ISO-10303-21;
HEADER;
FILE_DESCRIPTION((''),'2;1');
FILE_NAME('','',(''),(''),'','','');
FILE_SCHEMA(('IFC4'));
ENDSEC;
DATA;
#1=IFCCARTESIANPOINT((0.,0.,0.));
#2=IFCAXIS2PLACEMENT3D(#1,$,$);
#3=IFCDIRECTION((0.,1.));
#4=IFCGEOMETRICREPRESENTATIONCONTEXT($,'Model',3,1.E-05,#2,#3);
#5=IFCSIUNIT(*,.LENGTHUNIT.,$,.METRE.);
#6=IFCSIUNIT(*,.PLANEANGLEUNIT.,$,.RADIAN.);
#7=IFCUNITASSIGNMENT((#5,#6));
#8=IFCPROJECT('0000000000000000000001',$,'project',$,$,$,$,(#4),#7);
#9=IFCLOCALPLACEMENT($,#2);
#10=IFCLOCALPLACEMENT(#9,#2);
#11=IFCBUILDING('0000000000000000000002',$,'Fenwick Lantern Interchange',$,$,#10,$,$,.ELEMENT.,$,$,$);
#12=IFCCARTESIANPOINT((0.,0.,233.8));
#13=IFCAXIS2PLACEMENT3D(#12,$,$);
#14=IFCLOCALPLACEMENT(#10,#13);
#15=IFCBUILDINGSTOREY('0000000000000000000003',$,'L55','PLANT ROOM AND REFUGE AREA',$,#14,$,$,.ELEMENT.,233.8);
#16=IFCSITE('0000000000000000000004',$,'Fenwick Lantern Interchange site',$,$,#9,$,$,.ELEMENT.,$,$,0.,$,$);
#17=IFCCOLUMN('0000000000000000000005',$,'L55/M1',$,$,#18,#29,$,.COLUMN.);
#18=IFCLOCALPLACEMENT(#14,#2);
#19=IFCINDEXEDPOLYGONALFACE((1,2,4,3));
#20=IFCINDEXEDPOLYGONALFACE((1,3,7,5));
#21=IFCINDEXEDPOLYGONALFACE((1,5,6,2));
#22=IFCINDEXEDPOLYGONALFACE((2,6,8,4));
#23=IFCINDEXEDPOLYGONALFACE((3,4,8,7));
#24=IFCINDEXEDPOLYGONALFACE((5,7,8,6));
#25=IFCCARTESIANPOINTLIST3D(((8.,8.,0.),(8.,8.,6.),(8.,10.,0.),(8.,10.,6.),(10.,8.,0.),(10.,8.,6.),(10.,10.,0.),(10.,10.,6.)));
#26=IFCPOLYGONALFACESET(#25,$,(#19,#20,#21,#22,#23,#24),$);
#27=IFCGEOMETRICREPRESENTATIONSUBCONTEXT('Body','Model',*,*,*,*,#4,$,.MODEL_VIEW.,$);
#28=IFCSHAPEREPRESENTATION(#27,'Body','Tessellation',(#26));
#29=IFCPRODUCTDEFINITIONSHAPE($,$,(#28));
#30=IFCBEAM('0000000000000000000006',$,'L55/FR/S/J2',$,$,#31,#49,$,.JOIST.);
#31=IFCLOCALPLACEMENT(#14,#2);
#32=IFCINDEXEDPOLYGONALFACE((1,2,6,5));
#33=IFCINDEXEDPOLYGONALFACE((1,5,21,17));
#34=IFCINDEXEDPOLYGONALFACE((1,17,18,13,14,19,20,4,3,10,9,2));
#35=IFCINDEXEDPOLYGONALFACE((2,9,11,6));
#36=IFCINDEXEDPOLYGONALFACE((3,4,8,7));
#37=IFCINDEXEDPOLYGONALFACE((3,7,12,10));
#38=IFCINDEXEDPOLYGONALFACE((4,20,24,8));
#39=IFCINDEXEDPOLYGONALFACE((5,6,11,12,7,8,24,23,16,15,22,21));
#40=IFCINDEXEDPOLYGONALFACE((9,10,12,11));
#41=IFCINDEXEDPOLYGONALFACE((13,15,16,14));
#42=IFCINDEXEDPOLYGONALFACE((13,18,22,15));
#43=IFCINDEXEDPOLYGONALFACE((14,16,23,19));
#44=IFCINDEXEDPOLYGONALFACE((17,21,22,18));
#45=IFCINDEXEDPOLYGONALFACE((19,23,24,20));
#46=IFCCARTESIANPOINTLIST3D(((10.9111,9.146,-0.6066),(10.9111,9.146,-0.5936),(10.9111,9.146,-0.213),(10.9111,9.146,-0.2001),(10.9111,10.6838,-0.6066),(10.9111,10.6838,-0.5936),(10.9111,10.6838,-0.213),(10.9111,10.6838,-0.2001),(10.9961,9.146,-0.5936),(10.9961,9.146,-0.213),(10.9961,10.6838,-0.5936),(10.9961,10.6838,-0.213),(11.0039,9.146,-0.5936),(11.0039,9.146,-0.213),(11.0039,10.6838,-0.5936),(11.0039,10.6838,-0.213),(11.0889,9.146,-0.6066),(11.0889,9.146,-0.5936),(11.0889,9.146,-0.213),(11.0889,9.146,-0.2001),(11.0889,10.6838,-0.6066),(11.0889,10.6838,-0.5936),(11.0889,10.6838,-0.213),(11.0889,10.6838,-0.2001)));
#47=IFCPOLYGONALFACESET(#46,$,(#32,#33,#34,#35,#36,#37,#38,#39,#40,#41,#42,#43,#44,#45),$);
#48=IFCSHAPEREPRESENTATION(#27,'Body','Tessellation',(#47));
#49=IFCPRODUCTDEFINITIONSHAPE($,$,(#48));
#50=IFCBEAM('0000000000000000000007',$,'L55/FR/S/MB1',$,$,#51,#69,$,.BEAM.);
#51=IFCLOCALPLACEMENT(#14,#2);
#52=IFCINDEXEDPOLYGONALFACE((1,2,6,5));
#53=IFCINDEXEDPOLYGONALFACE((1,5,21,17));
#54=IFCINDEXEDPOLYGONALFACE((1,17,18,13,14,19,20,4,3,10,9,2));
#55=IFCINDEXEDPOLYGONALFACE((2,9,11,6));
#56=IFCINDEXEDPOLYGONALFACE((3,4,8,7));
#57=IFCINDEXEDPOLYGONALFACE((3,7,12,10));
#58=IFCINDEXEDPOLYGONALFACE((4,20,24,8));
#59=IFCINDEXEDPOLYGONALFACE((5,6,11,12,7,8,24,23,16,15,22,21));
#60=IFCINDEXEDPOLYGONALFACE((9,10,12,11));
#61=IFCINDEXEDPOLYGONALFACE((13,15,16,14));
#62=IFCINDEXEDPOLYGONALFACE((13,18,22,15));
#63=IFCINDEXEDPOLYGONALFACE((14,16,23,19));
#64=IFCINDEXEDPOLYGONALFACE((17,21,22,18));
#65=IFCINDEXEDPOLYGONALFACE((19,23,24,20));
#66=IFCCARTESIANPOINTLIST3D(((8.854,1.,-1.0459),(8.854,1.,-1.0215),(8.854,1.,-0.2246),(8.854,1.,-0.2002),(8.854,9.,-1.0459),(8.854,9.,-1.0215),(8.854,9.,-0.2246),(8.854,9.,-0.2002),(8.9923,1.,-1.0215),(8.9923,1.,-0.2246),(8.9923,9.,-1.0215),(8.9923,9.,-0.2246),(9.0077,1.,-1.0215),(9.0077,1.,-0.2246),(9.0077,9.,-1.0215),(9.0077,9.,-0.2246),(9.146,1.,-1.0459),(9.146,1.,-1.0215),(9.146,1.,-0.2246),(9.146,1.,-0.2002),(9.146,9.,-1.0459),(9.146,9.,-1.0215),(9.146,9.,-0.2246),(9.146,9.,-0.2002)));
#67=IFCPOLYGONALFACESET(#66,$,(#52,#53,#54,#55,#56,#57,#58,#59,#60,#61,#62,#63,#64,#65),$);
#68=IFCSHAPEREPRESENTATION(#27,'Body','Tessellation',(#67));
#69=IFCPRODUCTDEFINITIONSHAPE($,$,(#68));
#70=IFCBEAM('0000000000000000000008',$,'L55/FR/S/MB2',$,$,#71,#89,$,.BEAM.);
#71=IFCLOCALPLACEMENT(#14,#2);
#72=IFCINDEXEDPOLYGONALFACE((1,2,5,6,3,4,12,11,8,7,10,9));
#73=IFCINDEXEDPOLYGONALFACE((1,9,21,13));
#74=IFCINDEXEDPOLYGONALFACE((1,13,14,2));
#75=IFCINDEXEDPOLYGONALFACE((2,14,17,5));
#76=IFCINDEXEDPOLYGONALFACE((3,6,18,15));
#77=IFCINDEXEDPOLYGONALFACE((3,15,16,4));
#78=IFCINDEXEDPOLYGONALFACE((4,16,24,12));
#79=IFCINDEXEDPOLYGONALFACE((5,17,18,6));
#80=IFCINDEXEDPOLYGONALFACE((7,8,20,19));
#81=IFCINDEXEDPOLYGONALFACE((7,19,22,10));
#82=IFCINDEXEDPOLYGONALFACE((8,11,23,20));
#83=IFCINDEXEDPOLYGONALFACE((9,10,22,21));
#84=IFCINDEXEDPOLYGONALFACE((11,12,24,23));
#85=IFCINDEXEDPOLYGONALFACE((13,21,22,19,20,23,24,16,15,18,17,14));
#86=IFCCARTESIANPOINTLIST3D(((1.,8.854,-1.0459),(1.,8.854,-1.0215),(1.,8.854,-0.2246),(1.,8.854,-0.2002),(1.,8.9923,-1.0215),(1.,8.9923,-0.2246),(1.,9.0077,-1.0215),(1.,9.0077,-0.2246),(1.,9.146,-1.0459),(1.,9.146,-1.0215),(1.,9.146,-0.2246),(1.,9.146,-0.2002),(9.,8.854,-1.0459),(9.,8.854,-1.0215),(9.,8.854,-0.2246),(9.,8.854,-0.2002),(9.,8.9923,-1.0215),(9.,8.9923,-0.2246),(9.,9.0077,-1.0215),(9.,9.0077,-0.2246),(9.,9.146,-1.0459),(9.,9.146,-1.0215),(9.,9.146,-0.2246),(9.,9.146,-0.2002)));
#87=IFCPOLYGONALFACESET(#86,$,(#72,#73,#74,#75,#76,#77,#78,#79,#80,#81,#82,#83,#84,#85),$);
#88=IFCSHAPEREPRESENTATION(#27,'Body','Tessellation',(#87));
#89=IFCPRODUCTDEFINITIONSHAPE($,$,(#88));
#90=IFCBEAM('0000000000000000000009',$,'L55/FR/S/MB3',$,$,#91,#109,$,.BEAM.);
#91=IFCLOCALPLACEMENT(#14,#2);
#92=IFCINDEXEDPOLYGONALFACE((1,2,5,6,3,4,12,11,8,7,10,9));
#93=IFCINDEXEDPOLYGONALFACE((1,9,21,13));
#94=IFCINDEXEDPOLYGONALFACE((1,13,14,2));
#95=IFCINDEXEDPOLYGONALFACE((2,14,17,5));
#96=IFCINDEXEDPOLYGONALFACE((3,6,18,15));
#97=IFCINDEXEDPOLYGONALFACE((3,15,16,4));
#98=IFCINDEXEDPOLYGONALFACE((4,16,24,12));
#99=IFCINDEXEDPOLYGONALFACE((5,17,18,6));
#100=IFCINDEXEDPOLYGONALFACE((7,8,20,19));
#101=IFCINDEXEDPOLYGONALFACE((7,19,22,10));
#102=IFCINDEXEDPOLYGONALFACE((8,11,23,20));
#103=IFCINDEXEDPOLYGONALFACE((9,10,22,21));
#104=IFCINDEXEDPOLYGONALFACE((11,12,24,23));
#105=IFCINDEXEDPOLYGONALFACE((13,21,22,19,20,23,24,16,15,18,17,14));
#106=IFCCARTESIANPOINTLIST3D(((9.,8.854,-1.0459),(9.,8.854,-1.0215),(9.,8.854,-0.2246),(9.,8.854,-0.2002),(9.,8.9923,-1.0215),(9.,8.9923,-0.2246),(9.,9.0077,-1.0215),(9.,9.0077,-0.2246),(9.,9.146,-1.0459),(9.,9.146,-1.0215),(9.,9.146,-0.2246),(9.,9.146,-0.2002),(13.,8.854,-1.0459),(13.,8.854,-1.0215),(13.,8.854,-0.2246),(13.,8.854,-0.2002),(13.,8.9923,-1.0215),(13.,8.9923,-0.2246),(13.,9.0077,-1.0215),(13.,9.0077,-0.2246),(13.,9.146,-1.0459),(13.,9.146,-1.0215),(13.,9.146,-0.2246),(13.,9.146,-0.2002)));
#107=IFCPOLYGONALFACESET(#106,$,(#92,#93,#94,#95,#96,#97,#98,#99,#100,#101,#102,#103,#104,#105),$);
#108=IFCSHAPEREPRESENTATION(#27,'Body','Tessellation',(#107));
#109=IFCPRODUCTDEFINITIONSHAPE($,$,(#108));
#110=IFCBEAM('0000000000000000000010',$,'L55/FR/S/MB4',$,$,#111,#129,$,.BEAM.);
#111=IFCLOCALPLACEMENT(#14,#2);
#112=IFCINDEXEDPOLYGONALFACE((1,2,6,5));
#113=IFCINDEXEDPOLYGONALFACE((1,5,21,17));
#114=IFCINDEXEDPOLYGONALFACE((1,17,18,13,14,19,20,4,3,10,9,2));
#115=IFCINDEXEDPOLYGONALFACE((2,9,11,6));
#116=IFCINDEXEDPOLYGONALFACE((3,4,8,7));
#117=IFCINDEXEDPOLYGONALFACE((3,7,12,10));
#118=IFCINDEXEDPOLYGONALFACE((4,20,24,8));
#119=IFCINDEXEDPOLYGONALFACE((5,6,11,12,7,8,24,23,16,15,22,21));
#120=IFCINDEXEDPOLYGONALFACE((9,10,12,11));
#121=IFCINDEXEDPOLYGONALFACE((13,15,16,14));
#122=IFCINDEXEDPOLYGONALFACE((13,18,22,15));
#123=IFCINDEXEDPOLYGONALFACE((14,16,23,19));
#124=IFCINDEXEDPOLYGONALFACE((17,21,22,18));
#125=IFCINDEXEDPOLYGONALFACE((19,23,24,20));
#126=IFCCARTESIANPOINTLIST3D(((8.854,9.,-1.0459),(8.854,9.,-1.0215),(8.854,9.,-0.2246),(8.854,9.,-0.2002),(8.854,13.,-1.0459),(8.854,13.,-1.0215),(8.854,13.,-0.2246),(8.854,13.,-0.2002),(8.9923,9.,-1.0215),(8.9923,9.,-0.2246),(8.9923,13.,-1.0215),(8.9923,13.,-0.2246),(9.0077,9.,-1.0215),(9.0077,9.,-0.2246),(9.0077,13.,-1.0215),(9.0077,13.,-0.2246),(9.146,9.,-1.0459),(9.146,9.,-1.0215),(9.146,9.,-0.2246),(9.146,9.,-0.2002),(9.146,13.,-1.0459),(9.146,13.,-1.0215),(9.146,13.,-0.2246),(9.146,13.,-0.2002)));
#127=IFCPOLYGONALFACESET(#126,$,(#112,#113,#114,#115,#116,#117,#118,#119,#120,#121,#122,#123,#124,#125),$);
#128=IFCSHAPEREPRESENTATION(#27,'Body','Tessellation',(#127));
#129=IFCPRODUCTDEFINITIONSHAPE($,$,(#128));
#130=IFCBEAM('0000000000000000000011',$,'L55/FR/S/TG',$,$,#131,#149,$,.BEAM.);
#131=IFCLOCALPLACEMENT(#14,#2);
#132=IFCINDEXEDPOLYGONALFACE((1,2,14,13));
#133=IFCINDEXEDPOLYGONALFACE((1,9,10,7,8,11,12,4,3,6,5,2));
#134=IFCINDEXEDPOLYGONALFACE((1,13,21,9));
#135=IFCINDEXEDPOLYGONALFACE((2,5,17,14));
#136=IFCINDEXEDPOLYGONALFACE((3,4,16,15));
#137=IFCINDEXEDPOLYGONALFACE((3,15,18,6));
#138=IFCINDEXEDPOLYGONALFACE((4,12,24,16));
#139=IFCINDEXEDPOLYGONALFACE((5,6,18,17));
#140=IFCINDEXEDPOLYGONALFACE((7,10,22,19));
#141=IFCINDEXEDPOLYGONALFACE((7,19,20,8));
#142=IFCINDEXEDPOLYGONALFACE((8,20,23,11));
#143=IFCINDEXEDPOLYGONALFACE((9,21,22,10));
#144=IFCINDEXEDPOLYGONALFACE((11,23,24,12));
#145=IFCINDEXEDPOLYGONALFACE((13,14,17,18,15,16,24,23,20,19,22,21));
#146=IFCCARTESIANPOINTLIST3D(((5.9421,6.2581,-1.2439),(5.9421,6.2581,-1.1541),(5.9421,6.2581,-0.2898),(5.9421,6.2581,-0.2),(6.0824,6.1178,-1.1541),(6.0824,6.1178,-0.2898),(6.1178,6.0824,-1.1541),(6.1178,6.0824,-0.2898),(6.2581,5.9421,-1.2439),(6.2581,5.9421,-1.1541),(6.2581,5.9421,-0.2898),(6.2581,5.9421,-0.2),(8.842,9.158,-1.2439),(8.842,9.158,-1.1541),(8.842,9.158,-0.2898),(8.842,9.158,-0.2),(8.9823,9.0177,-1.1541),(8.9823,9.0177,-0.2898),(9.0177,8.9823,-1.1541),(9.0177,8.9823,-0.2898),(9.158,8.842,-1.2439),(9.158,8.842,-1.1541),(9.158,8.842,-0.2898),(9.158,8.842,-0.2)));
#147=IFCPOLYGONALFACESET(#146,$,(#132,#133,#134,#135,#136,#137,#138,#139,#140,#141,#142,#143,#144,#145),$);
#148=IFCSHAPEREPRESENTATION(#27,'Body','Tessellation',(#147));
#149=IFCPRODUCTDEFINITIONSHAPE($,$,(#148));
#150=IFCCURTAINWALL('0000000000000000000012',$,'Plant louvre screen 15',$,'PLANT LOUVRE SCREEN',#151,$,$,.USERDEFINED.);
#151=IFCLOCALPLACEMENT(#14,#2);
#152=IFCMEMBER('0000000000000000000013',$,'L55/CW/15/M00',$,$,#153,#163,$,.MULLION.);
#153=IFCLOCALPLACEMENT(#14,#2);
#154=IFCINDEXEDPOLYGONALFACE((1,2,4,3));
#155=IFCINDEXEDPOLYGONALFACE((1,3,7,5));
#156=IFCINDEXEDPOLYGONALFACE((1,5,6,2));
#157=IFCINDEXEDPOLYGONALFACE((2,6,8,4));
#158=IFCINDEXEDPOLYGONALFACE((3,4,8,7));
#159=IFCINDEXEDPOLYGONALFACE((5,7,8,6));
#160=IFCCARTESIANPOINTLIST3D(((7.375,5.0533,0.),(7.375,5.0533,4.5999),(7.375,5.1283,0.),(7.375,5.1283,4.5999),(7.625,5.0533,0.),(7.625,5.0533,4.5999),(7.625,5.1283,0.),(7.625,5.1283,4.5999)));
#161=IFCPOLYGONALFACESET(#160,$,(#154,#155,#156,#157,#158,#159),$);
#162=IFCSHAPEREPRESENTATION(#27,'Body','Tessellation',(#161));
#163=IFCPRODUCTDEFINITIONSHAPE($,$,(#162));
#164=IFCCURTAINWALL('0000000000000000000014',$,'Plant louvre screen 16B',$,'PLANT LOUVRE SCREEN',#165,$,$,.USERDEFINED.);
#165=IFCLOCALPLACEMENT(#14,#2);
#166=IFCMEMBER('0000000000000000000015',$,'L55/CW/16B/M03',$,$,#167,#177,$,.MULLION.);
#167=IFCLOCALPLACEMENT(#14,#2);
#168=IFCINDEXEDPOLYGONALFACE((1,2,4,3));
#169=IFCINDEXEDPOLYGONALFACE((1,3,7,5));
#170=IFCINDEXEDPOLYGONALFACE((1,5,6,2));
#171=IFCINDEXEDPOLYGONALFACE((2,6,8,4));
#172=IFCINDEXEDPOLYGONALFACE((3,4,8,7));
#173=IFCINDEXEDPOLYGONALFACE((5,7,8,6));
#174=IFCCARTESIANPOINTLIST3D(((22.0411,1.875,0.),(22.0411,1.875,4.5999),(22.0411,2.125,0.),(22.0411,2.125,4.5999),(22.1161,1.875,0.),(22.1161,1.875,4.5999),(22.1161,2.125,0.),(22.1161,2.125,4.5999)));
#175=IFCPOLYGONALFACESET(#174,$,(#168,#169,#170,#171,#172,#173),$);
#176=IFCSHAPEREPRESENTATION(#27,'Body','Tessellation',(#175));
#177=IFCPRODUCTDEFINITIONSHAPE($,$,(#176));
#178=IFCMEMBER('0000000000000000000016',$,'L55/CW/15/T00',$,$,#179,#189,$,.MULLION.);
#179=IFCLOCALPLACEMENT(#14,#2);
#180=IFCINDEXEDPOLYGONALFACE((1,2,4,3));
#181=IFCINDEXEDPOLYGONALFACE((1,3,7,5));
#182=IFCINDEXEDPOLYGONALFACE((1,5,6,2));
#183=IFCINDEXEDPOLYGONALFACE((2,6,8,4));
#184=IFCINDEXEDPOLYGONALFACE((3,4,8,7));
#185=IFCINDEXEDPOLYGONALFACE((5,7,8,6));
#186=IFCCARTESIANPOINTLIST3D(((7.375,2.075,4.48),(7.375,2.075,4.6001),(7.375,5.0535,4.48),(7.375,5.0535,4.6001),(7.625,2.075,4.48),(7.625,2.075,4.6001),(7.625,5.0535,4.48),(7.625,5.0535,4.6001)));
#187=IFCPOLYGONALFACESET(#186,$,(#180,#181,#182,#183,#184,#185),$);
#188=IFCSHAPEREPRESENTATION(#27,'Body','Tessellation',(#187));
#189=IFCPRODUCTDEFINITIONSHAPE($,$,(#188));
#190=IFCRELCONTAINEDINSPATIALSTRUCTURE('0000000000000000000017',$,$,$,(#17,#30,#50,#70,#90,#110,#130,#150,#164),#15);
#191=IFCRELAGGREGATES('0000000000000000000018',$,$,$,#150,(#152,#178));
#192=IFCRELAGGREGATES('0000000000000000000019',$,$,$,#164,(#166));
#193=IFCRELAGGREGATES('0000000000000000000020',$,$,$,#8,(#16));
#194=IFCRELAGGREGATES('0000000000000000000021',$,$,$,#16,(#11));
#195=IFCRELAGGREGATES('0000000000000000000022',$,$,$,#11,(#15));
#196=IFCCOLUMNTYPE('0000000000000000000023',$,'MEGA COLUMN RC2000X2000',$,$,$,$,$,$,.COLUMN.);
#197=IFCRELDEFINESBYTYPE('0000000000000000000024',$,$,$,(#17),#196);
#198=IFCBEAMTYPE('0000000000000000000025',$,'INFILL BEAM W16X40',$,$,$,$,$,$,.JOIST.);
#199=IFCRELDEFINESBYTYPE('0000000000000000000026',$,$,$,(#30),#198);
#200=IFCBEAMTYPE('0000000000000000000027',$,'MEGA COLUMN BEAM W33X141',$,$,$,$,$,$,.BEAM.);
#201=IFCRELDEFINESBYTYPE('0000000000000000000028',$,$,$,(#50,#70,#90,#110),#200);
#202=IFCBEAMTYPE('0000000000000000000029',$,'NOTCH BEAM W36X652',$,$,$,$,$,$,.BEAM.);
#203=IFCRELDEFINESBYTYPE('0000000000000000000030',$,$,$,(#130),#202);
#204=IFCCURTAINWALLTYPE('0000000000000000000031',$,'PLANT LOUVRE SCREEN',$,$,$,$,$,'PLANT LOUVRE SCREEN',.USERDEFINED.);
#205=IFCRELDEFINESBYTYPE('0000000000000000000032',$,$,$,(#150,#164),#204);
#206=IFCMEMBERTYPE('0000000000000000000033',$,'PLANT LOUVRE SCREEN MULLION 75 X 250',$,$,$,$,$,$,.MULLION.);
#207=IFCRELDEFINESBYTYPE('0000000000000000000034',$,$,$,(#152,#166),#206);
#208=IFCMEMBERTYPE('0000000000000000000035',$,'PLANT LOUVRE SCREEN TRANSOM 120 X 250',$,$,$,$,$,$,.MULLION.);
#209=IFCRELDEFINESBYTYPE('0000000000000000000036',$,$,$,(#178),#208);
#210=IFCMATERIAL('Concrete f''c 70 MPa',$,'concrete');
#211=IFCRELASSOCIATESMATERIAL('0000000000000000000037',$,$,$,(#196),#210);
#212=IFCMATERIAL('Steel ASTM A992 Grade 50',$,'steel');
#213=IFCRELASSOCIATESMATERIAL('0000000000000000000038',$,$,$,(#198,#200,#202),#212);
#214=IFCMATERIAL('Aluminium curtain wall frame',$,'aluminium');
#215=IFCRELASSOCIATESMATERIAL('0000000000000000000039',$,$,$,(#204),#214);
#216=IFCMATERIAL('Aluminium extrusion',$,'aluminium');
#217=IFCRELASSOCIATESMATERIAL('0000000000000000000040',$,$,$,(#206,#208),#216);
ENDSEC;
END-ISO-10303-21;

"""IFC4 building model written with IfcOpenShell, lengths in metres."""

from ifc_helpers import new_model, si_unit, direction, frame, origin, origin_2d, place, context, subcontext, project, spatial, rectangle, i_section, extrude, material, material_profile, profile_set, type_object, element, aggregate, save


model = new_model("IFC4")

# Units and contexts
model_context = context("Model", 3, precision=1e-05, world=origin(), true_north=direction((0.0, 1.0)))
body_context = subcontext(model_context, "Body", "Model", "MODEL_VIEW")
ifc_project = project(units=[si_unit("LENGTHUNIT", "METRE"), si_unit("PLANEANGLEUNIT", "RADIAN")], contexts=[model_context])

# Site, building, storey
site_placement = place(None, origin())
site = spatial("IfcSite", under=ifc_project, at=site_placement, Name="Fenwick Lantern Interchange site", CompositionType="ELEMENT", RefElevation=0.0)
building_placement = place(site_placement, origin())
building = spatial("IfcBuilding", under=site, at=building_placement, Name="Fenwick Lantern Interchange", CompositionType="ELEMENT")
storey_placement = place(building_placement, frame((0.0, 0.0, 233.8)))
storey = spatial("IfcBuildingStorey", under=building, at=storey_placement, Name="L55", Description="PLANT ROOM AND REFUGE AREA", CompositionType="ELEMENT", Elevation=233.8)

# Column
ifc_material_1 = material(Name="Concrete f'c 70 MPa", Category="concrete")
ifc_material_profile_1 = material_profile(ifc_material_1, rectangle(XDim=2.0, YDim=2.0, at=origin_2d()), Name="RC2000X2000")
ifc_profile_set_1 = profile_set([ifc_material_profile_1], Name="Concrete f'c 70 MPa")
column_type = type_object("IfcColumnType", Name="MEGA COLUMN RC2000X2000", PredefinedType="COLUMN", material=ifc_profile_set_1)
column_placement = place(storey_placement, frame((9.0, 9.0, 0.0), z_axis=(0.0, 0.0, 1.0), x_axis=(1.0, 0.0, 0.0)))
element("IfcColumn", 1, at=column_placement, inside=storey, type_object=column_type, Name="L55/M1", PredefinedType="COLUMN", context=body_context, shape_type="SweptSolid", body=[
    extrude(rectangle(XDim=2.0, YDim=2.0, at=origin_2d()), origin(), (0.0, 0.0, 1.0), 6.0),
])

# Beams
ifc_material_2 = material(Name="Steel ASTM A992 Grade 50", Category="steel")
ifc_material_profile_2 = material_profile(ifc_material_2, i_section(OverallWidth=0.1777, OverallDepth=0.4065, WebThickness=0.0078, FlangeThickness=0.0129, at=origin_2d()), Name="W16X40")
ifc_profile_set_2 = profile_set([ifc_material_profile_2], Name="Steel ASTM A992 Grade 50")
beam_type_1 = type_object("IfcBeamType", Name="INFILL BEAM W16X40", PredefinedType="JOIST", material=ifc_profile_set_2)
beam_1_placement = place(storey_placement, frame((11.0, 9.146, -0.4033), z_axis=(0.0, 1.0, 0.0), x_axis=(-1.0, 0.0, 0.0)))
element("IfcBeam", 2, at=beam_1_placement, inside=storey, type_object=beam_type_1, Name="L55/FR/S/J2", PredefinedType="JOIST", context=body_context, shape_type="SweptSolid", body=[
    extrude(i_section(OverallWidth=0.1777, OverallDepth=0.4065, WebThickness=0.0078, FlangeThickness=0.0129, at=origin_2d()), origin(), (0.0, 0.0, 1.0), 1.5378),
])
ifc_material_profile_3 = material_profile(ifc_material_2, i_section(OverallWidth=0.292, OverallDepth=0.8457, WebThickness=0.0154, FlangeThickness=0.0244, at=origin_2d()), Name="W33X141")
ifc_profile_set_3 = profile_set([ifc_material_profile_3], Name="Steel ASTM A992 Grade 50")
beam_type_2 = type_object("IfcBeamType", Name="MEGA COLUMN BEAM W33X141", PredefinedType="BEAM", material=ifc_profile_set_3)
for number, where, z_axis, x_axis, name in (
    (3, (9.0, 9.0, -0.623), (0.0, -1.0, 0.0), (1.0, 0.0, 0.0), "L55/FR/S/MB1"),
    (4, (9.0, 9.0, -0.623), (-1.0, 0.0, 0.0), (0.0, -1.0, 0.0), "L55/FR/S/MB2"),
):
    element("IfcBeam", number, at=place(storey_placement, frame(where, z_axis=z_axis, x_axis=x_axis)), inside=storey, type_object=beam_type_2, Name=name, PredefinedType="BEAM", context=body_context, shape_type="SweptSolid", body=[
        extrude(i_section(OverallWidth=0.292, OverallDepth=0.8457, WebThickness=0.0154, FlangeThickness=0.0244, at=origin_2d()), origin(), (0.0, 0.0, 1.0), 8.0),
    ])
for number, where, z_axis, x_axis, name in (
    (5, (9.0, 9.0, -0.623), (1.0, 0.0, 0.0), (0.0, 1.0, 0.0), "L55/FR/S/MB3"),
    (6, (9.0, 9.0, -0.623), (0.0, 1.0, 0.0), (-1.0, 0.0, 0.0), "L55/FR/S/MB4"),
):
    element("IfcBeam", number, at=place(storey_placement, frame(where, z_axis=z_axis, x_axis=x_axis)), inside=storey, type_object=beam_type_2, Name=name, PredefinedType="BEAM", context=body_context, shape_type="SweptSolid", body=[
        extrude(i_section(OverallWidth=0.292, OverallDepth=0.8457, WebThickness=0.0154, FlangeThickness=0.0244, at=origin_2d()), origin(), (0.0, 0.0, 1.0), 4.0),
    ])
ifc_material_profile_4 = material_profile(ifc_material_2, i_section(OverallWidth=0.447, OverallDepth=1.0439, WebThickness=0.05, FlangeThickness=0.0898, at=origin_2d()), Name="W36X652")
ifc_profile_set_4 = profile_set([ifc_material_profile_4], Name="Steel ASTM A992 Grade 50")
beam_type_3 = type_object("IfcBeamType", Name="NOTCH BEAM W36X652", PredefinedType="BEAM", material=ifc_profile_set_4)
beam_2_placement = place(storey_placement, frame((9.0, 9.0, -0.7219), z_axis=(-0.707107, -0.707107, 0.0), x_axis=(0.707107, -0.707107, 0.0)))
element("IfcBeam", 7, at=beam_2_placement, inside=storey, type_object=beam_type_3, Name="L55/FR/S/TG", PredefinedType="BEAM", context=body_context, shape_type="SweptSolid", body=[
    extrude(i_section(OverallWidth=0.447, OverallDepth=1.0439, WebThickness=0.05, FlangeThickness=0.0898, at=origin_2d()), origin(), (0.0, 0.0, 1.0), 4.1011),
])

# Curtain walls, members
ifc_material_3 = material(Name="Aluminium curtain wall frame", Category="aluminium")
curtain_wall_type = type_object("IfcCurtainWallType", Name="PLANT LOUVRE SCREEN", ElementType="PLANT LOUVRE SCREEN", PredefinedType="USERDEFINED", material=ifc_material_3)
curtain_wall_1_placement = place(storey_placement, origin())
curtain_wall_1 = element("IfcCurtainWall", 8, at=curtain_wall_1_placement, inside=storey, type_object=curtain_wall_type, Name="Plant louvre screen 15", ObjectType="PLANT LOUVRE SCREEN", PredefinedType="USERDEFINED")
ifc_material_4 = material(Name="Aluminium extrusion", Category="aluminium")
ifc_material_profile_5 = material_profile(ifc_material_4, rectangle(XDim=0.25, YDim=0.075, at=origin_2d()), Name="PLANT LOUVRE SCREEN MULLION 75 X 250")
ifc_profile_set_5 = profile_set([ifc_material_profile_5], Name="Aluminium extrusion")
member_type_1 = type_object("IfcMemberType", Name="PLANT LOUVRE SCREEN MULLION 75 X 250", PredefinedType="MULLION", material=ifc_profile_set_5)
member_1_placement = place(storey_placement, frame((7.5, 5.0908, 0.0), z_axis=(0.0, 0.0, 1.0), x_axis=(1.0, 0.0, 0.0)))
member_1 = element("IfcMember", 9, at=member_1_placement, type_object=member_type_1, Name="L55/CW/15/M00", PredefinedType="MULLION", context=body_context, shape_type="SweptSolid", body=[
    extrude(rectangle(XDim=0.25, YDim=0.075, at=origin_2d()), origin(), (0.0, 0.0, 1.0), 4.5999),
])
curtain_wall_2_placement = place(storey_placement, origin())
curtain_wall_2 = element("IfcCurtainWall", 10, at=curtain_wall_2_placement, inside=storey, type_object=curtain_wall_type, Name="Plant louvre screen 16B", ObjectType="PLANT LOUVRE SCREEN", PredefinedType="USERDEFINED")
member_2_placement = place(storey_placement, frame((22.0786, 2.0, 0.0), z_axis=(0.0, 0.0, 1.0), x_axis=(0.0, 1.0, 0.0)))
member_2 = element("IfcMember", 11, at=member_2_placement, type_object=member_type_1, Name="L55/CW/16B/M03", PredefinedType="MULLION", context=body_context, shape_type="SweptSolid", body=[
    extrude(rectangle(XDim=0.25, YDim=0.075, at=origin_2d()), origin(), (0.0, 0.0, 1.0), 4.5999),
])

# Member
ifc_material_profile_6 = material_profile(ifc_material_4, rectangle(XDim=0.25, YDim=0.1201, at=origin_2d()), Name="PLANT LOUVRE SCREEN TRANSOM 120 X 250")
ifc_profile_set_6 = profile_set([ifc_material_profile_6], Name="Aluminium extrusion")
member_type_2 = type_object("IfcMemberType", Name="PLANT LOUVRE SCREEN TRANSOM 120 X 250", PredefinedType="MULLION", material=ifc_profile_set_6)
member_3_placement = place(storey_placement, frame((7.5, 5.0535, 4.54), z_axis=(0.0, -1.0, 0.0), x_axis=(1.0, 0.0, 0.0)))
member_3 = element("IfcMember", 12, at=member_3_placement, type_object=member_type_2, Name="L55/CW/15/T00", PredefinedType="MULLION", context=body_context, shape_type="SweptSolid", body=[
    extrude(rectangle(XDim=0.25, YDim=0.1201, at=origin_2d()), origin(), (0.0, 0.0, 1.0), 2.9785),
])
aggregate(curtain_wall_1, [member_1, member_3])

aggregate(curtain_wall_2, [member_2])

save(model, "model.ifc")
